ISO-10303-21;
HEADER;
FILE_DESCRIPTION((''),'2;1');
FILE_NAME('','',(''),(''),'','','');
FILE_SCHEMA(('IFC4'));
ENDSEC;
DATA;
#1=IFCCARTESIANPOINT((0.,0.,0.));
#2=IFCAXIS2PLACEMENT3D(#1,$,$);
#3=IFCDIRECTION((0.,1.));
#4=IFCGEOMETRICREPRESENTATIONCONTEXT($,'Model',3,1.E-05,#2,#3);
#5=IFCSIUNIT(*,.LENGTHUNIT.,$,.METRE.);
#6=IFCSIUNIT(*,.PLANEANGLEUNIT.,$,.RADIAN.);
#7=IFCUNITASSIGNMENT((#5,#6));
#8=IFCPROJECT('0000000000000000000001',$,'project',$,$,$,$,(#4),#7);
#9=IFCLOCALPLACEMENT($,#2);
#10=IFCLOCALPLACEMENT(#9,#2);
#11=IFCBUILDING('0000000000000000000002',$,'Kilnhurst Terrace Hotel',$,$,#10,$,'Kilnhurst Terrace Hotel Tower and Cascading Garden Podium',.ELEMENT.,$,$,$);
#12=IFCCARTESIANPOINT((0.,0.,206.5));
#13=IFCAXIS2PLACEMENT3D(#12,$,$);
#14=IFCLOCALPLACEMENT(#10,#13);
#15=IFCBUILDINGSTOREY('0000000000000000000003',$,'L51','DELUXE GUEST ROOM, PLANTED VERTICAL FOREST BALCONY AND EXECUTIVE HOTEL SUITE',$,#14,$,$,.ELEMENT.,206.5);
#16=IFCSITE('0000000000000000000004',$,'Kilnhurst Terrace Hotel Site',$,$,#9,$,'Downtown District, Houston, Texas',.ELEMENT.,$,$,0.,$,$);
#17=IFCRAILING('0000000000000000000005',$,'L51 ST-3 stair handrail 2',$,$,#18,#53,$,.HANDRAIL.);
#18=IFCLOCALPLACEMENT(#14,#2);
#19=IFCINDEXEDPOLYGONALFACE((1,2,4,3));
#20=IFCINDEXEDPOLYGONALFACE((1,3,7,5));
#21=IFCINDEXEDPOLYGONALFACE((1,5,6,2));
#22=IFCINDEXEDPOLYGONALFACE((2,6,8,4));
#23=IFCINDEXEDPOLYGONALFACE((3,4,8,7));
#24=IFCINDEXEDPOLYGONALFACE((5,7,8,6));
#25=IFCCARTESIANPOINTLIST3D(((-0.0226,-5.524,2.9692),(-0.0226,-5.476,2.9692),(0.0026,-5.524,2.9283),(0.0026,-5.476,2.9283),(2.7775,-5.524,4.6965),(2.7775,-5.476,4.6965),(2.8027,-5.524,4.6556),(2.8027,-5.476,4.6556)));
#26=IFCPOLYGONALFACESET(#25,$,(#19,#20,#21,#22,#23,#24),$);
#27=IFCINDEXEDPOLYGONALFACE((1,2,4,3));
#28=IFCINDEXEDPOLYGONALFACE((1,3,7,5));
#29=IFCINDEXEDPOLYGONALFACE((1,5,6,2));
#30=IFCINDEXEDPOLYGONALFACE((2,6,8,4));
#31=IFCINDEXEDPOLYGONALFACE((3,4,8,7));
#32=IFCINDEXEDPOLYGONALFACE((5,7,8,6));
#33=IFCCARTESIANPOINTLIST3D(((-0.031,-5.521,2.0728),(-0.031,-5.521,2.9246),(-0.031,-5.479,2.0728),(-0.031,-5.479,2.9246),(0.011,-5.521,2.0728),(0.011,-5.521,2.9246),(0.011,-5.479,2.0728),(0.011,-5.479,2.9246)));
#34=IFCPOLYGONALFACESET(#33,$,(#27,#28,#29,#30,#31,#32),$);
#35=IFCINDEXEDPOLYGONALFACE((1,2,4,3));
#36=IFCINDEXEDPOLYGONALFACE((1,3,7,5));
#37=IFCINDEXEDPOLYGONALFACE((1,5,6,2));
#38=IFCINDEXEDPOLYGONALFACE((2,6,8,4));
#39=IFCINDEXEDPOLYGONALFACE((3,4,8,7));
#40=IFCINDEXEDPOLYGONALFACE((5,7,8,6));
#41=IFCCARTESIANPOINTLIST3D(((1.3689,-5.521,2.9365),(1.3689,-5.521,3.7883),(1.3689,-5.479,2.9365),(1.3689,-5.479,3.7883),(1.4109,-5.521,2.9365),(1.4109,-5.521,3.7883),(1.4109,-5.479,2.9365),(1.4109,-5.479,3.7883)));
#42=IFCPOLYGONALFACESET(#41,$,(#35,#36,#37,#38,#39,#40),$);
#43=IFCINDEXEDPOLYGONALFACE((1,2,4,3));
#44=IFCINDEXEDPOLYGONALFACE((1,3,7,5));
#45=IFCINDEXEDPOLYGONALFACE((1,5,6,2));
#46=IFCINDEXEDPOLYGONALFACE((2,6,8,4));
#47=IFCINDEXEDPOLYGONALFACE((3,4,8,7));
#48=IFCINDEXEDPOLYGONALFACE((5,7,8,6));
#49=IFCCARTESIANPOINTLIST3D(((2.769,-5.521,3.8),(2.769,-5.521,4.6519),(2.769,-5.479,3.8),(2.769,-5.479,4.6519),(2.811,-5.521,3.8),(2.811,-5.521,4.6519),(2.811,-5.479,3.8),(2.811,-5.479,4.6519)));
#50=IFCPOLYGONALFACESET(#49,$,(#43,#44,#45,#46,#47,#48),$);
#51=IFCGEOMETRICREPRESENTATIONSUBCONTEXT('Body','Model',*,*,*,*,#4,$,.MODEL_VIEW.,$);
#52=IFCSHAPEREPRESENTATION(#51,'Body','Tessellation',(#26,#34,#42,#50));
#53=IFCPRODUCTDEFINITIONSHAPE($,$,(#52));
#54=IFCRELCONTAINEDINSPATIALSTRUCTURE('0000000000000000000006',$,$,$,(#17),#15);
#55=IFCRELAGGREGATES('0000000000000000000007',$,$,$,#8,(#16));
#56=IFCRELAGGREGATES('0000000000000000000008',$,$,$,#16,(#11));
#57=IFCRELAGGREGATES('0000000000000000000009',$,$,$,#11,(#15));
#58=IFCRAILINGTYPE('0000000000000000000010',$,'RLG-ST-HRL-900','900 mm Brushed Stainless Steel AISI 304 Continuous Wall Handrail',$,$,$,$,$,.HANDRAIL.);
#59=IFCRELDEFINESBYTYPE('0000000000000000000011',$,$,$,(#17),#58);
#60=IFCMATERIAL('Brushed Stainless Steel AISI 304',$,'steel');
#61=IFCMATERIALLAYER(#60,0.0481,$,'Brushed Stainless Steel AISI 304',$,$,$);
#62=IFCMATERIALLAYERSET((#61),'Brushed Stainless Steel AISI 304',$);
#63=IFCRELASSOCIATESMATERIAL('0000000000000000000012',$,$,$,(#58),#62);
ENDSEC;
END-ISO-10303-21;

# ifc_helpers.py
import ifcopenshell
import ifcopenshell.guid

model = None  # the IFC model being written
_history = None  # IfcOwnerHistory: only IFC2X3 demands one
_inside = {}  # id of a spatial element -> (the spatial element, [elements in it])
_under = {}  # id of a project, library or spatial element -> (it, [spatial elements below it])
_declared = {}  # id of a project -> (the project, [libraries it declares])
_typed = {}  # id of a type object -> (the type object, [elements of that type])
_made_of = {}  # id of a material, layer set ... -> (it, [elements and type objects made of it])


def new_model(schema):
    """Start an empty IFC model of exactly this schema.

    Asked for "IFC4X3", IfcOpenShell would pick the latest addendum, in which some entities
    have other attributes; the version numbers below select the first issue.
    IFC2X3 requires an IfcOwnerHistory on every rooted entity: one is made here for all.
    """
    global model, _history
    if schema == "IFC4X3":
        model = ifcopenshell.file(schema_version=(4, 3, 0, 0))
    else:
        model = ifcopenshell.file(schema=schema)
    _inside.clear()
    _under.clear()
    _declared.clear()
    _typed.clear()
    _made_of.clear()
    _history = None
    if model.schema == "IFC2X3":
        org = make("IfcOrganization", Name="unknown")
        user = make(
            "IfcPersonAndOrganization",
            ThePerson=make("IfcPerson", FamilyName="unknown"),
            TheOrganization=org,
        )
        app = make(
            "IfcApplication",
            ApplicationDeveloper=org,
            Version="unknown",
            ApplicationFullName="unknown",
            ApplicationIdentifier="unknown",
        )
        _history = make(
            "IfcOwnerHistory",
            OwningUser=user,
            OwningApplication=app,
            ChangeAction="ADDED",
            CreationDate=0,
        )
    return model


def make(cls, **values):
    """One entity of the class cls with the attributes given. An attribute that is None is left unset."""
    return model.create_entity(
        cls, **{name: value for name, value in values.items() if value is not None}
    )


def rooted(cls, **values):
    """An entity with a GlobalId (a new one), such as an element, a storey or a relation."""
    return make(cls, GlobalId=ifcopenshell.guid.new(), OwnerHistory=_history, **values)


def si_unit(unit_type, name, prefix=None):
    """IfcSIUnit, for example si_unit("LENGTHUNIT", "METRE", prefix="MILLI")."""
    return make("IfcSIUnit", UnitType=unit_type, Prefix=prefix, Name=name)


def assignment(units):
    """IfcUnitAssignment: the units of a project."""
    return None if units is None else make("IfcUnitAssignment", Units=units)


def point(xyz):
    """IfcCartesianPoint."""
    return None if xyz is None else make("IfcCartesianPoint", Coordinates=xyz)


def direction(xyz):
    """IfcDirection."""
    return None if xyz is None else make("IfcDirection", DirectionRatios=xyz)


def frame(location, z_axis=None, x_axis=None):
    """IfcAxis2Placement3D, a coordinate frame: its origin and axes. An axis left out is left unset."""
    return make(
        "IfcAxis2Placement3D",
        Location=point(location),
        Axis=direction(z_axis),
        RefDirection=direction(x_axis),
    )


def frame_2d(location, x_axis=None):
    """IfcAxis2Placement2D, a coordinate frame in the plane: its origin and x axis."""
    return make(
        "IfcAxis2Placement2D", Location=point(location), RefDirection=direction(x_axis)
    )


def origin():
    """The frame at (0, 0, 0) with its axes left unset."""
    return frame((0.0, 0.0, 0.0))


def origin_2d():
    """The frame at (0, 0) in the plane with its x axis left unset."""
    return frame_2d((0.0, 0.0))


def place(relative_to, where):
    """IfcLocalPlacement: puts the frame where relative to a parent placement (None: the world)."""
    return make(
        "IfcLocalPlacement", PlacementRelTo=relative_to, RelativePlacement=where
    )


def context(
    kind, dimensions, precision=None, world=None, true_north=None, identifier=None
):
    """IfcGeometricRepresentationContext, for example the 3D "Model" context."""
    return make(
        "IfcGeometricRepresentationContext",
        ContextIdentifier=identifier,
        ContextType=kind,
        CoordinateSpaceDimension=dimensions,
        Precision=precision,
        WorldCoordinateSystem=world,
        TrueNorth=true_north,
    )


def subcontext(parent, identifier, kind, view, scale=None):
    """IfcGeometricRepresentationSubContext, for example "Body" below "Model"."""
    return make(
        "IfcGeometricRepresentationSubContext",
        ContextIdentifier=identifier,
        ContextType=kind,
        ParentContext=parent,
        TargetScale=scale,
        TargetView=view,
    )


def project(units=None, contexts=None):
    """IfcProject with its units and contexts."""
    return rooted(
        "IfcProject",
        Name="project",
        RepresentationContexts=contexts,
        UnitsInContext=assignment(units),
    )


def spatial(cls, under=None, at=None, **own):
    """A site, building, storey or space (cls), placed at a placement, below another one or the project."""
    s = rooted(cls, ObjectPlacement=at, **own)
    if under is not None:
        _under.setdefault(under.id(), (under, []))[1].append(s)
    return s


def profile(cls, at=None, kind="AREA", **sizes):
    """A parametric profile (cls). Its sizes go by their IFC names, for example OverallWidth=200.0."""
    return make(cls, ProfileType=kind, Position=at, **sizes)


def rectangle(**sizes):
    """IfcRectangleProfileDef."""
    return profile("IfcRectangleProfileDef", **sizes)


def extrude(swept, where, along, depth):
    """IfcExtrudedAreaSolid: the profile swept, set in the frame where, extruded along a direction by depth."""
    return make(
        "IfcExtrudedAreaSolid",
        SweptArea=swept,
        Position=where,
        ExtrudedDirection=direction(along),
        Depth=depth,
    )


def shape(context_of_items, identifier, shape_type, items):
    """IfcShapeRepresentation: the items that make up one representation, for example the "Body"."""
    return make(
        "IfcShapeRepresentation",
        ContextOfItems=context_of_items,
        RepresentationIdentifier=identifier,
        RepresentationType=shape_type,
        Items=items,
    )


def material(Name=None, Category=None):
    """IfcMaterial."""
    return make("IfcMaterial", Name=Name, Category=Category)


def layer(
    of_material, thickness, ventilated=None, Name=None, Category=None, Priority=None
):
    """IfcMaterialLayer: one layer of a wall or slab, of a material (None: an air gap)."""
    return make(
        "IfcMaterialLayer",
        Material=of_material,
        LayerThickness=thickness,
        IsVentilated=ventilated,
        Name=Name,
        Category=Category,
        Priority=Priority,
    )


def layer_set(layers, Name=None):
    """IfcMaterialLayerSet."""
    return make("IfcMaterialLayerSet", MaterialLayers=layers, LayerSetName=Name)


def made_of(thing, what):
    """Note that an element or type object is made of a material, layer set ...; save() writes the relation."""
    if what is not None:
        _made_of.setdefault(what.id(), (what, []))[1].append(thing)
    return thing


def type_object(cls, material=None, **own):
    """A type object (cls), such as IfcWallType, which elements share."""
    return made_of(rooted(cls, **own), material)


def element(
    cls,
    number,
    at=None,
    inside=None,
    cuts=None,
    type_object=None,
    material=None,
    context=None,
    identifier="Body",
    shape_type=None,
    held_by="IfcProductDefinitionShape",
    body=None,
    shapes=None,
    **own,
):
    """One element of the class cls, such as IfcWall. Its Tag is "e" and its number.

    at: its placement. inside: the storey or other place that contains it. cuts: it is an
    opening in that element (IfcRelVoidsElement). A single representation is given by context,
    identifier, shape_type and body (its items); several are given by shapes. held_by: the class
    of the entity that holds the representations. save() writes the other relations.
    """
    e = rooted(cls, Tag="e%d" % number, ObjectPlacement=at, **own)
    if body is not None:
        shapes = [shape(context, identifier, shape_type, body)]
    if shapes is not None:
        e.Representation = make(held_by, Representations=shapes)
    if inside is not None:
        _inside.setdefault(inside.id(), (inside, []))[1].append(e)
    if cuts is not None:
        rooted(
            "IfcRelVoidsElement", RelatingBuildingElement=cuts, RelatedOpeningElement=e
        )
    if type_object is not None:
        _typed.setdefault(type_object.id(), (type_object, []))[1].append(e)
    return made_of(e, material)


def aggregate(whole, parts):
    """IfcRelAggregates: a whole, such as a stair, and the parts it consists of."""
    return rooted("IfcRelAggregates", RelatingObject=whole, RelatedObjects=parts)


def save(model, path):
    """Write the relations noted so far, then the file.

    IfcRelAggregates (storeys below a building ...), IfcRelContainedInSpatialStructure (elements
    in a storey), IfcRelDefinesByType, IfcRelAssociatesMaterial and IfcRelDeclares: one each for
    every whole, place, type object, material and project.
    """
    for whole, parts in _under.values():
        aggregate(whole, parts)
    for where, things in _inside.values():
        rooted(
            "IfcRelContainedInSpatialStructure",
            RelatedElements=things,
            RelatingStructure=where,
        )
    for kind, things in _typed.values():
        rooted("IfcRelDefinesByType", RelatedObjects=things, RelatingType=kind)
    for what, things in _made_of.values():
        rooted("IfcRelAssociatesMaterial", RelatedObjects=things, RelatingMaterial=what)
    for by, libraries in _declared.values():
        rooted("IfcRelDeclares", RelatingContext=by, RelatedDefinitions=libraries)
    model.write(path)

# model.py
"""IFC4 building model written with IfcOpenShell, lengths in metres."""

from ifc_helpers import new_model, si_unit, direction, frame, origin, origin_2d, place, context, subcontext, project, spatial, rectangle, extrude, material, layer, layer_set, type_object, element, save


model = new_model("IFC4")

# Units and contexts
model_context = context("Model", 3, precision=1e-05, world=origin(), true_north=direction((0.0, 1.0)))
body_context = subcontext(model_context, "Body", "Model", "MODEL_VIEW")
ifc_project = project(units=[si_unit("LENGTHUNIT", "METRE"), si_unit("PLANEANGLEUNIT", "RADIAN")], contexts=[model_context])

# Site, building, storey
site_placement = place(None, origin())
site = spatial("IfcSite", under=ifc_project, at=site_placement, Name="Kilnhurst Terrace Hotel Site", LongName="Downtown District, Houston, Texas", CompositionType="ELEMENT", RefElevation=0.0)
building_placement = place(site_placement, origin())
building = spatial("IfcBuilding", under=site, at=building_placement, Name="Kilnhurst Terrace Hotel", LongName="Kilnhurst Terrace Hotel Tower and Cascading Garden Podium", CompositionType="ELEMENT")
storey_placement = place(building_placement, frame((0.0, 0.0, 206.5)))
storey = spatial("IfcBuildingStorey", under=building, at=storey_placement, Name="L51", Description="DELUXE GUEST ROOM, PLANTED VERTICAL FOREST BALCONY AND EXECUTIVE HOTEL SUITE", CompositionType="ELEMENT", Elevation=206.5)

# Railing
ifc_material_1 = material(Name="Brushed Stainless Steel AISI 304", Category="steel")
ifc_layer_1 = layer(ifc_material_1, 0.0481, Name="Brushed Stainless Steel AISI 304")
ifc_layer_set_1 = layer_set([ifc_layer_1], Name="Brushed Stainless Steel AISI 304")
railing_type_1 = type_object("IfcRailingType", Name="RLG-ST-HRL-900", Description="900 mm Brushed Stainless Steel AISI 304 Continuous Wall Handrail", PredefinedType="HANDRAIL", material=ifc_layer_set_1)
railing_1_placement = place(storey_placement, frame((-0.01, -5.5, 2.0728)))
element("IfcRailing", 1, at=railing_1_placement, inside=storey, type_object=railing_type_1, Name="L51 ST-3 stair handrail 2", PredefinedType="HANDRAIL", context=body_context, shape_type="SweptSolid", body=[
    extrude(rectangle(XDim=0.0481, YDim=0.0481, at=origin_2d()), frame((0.0, 0.0, 0.876), z_axis=(0.85109, 0.0, 0.52502), x_axis=(0.0, 1.0, 0.0)), (0.0, 0.0, 1.0), 3.29),
    extrude(rectangle(XDim=0.042, YDim=0.042, at=origin_2d()), origin(), (0.0, 0.0, 1.0), 0.8518),
    extrude(rectangle(XDim=0.042, YDim=0.042, at=origin_2d()), frame((1.3999, 0.0, 0.8638)), (0.0, 0.0, 1.0), 0.8518),
    extrude(rectangle(XDim=0.042, YDim=0.042, at=origin_2d()), frame((2.8, 0.0, 1.7273)), (0.0, 0.0, 1.0), 0.8518),
])

save(model, "model.ifc")
